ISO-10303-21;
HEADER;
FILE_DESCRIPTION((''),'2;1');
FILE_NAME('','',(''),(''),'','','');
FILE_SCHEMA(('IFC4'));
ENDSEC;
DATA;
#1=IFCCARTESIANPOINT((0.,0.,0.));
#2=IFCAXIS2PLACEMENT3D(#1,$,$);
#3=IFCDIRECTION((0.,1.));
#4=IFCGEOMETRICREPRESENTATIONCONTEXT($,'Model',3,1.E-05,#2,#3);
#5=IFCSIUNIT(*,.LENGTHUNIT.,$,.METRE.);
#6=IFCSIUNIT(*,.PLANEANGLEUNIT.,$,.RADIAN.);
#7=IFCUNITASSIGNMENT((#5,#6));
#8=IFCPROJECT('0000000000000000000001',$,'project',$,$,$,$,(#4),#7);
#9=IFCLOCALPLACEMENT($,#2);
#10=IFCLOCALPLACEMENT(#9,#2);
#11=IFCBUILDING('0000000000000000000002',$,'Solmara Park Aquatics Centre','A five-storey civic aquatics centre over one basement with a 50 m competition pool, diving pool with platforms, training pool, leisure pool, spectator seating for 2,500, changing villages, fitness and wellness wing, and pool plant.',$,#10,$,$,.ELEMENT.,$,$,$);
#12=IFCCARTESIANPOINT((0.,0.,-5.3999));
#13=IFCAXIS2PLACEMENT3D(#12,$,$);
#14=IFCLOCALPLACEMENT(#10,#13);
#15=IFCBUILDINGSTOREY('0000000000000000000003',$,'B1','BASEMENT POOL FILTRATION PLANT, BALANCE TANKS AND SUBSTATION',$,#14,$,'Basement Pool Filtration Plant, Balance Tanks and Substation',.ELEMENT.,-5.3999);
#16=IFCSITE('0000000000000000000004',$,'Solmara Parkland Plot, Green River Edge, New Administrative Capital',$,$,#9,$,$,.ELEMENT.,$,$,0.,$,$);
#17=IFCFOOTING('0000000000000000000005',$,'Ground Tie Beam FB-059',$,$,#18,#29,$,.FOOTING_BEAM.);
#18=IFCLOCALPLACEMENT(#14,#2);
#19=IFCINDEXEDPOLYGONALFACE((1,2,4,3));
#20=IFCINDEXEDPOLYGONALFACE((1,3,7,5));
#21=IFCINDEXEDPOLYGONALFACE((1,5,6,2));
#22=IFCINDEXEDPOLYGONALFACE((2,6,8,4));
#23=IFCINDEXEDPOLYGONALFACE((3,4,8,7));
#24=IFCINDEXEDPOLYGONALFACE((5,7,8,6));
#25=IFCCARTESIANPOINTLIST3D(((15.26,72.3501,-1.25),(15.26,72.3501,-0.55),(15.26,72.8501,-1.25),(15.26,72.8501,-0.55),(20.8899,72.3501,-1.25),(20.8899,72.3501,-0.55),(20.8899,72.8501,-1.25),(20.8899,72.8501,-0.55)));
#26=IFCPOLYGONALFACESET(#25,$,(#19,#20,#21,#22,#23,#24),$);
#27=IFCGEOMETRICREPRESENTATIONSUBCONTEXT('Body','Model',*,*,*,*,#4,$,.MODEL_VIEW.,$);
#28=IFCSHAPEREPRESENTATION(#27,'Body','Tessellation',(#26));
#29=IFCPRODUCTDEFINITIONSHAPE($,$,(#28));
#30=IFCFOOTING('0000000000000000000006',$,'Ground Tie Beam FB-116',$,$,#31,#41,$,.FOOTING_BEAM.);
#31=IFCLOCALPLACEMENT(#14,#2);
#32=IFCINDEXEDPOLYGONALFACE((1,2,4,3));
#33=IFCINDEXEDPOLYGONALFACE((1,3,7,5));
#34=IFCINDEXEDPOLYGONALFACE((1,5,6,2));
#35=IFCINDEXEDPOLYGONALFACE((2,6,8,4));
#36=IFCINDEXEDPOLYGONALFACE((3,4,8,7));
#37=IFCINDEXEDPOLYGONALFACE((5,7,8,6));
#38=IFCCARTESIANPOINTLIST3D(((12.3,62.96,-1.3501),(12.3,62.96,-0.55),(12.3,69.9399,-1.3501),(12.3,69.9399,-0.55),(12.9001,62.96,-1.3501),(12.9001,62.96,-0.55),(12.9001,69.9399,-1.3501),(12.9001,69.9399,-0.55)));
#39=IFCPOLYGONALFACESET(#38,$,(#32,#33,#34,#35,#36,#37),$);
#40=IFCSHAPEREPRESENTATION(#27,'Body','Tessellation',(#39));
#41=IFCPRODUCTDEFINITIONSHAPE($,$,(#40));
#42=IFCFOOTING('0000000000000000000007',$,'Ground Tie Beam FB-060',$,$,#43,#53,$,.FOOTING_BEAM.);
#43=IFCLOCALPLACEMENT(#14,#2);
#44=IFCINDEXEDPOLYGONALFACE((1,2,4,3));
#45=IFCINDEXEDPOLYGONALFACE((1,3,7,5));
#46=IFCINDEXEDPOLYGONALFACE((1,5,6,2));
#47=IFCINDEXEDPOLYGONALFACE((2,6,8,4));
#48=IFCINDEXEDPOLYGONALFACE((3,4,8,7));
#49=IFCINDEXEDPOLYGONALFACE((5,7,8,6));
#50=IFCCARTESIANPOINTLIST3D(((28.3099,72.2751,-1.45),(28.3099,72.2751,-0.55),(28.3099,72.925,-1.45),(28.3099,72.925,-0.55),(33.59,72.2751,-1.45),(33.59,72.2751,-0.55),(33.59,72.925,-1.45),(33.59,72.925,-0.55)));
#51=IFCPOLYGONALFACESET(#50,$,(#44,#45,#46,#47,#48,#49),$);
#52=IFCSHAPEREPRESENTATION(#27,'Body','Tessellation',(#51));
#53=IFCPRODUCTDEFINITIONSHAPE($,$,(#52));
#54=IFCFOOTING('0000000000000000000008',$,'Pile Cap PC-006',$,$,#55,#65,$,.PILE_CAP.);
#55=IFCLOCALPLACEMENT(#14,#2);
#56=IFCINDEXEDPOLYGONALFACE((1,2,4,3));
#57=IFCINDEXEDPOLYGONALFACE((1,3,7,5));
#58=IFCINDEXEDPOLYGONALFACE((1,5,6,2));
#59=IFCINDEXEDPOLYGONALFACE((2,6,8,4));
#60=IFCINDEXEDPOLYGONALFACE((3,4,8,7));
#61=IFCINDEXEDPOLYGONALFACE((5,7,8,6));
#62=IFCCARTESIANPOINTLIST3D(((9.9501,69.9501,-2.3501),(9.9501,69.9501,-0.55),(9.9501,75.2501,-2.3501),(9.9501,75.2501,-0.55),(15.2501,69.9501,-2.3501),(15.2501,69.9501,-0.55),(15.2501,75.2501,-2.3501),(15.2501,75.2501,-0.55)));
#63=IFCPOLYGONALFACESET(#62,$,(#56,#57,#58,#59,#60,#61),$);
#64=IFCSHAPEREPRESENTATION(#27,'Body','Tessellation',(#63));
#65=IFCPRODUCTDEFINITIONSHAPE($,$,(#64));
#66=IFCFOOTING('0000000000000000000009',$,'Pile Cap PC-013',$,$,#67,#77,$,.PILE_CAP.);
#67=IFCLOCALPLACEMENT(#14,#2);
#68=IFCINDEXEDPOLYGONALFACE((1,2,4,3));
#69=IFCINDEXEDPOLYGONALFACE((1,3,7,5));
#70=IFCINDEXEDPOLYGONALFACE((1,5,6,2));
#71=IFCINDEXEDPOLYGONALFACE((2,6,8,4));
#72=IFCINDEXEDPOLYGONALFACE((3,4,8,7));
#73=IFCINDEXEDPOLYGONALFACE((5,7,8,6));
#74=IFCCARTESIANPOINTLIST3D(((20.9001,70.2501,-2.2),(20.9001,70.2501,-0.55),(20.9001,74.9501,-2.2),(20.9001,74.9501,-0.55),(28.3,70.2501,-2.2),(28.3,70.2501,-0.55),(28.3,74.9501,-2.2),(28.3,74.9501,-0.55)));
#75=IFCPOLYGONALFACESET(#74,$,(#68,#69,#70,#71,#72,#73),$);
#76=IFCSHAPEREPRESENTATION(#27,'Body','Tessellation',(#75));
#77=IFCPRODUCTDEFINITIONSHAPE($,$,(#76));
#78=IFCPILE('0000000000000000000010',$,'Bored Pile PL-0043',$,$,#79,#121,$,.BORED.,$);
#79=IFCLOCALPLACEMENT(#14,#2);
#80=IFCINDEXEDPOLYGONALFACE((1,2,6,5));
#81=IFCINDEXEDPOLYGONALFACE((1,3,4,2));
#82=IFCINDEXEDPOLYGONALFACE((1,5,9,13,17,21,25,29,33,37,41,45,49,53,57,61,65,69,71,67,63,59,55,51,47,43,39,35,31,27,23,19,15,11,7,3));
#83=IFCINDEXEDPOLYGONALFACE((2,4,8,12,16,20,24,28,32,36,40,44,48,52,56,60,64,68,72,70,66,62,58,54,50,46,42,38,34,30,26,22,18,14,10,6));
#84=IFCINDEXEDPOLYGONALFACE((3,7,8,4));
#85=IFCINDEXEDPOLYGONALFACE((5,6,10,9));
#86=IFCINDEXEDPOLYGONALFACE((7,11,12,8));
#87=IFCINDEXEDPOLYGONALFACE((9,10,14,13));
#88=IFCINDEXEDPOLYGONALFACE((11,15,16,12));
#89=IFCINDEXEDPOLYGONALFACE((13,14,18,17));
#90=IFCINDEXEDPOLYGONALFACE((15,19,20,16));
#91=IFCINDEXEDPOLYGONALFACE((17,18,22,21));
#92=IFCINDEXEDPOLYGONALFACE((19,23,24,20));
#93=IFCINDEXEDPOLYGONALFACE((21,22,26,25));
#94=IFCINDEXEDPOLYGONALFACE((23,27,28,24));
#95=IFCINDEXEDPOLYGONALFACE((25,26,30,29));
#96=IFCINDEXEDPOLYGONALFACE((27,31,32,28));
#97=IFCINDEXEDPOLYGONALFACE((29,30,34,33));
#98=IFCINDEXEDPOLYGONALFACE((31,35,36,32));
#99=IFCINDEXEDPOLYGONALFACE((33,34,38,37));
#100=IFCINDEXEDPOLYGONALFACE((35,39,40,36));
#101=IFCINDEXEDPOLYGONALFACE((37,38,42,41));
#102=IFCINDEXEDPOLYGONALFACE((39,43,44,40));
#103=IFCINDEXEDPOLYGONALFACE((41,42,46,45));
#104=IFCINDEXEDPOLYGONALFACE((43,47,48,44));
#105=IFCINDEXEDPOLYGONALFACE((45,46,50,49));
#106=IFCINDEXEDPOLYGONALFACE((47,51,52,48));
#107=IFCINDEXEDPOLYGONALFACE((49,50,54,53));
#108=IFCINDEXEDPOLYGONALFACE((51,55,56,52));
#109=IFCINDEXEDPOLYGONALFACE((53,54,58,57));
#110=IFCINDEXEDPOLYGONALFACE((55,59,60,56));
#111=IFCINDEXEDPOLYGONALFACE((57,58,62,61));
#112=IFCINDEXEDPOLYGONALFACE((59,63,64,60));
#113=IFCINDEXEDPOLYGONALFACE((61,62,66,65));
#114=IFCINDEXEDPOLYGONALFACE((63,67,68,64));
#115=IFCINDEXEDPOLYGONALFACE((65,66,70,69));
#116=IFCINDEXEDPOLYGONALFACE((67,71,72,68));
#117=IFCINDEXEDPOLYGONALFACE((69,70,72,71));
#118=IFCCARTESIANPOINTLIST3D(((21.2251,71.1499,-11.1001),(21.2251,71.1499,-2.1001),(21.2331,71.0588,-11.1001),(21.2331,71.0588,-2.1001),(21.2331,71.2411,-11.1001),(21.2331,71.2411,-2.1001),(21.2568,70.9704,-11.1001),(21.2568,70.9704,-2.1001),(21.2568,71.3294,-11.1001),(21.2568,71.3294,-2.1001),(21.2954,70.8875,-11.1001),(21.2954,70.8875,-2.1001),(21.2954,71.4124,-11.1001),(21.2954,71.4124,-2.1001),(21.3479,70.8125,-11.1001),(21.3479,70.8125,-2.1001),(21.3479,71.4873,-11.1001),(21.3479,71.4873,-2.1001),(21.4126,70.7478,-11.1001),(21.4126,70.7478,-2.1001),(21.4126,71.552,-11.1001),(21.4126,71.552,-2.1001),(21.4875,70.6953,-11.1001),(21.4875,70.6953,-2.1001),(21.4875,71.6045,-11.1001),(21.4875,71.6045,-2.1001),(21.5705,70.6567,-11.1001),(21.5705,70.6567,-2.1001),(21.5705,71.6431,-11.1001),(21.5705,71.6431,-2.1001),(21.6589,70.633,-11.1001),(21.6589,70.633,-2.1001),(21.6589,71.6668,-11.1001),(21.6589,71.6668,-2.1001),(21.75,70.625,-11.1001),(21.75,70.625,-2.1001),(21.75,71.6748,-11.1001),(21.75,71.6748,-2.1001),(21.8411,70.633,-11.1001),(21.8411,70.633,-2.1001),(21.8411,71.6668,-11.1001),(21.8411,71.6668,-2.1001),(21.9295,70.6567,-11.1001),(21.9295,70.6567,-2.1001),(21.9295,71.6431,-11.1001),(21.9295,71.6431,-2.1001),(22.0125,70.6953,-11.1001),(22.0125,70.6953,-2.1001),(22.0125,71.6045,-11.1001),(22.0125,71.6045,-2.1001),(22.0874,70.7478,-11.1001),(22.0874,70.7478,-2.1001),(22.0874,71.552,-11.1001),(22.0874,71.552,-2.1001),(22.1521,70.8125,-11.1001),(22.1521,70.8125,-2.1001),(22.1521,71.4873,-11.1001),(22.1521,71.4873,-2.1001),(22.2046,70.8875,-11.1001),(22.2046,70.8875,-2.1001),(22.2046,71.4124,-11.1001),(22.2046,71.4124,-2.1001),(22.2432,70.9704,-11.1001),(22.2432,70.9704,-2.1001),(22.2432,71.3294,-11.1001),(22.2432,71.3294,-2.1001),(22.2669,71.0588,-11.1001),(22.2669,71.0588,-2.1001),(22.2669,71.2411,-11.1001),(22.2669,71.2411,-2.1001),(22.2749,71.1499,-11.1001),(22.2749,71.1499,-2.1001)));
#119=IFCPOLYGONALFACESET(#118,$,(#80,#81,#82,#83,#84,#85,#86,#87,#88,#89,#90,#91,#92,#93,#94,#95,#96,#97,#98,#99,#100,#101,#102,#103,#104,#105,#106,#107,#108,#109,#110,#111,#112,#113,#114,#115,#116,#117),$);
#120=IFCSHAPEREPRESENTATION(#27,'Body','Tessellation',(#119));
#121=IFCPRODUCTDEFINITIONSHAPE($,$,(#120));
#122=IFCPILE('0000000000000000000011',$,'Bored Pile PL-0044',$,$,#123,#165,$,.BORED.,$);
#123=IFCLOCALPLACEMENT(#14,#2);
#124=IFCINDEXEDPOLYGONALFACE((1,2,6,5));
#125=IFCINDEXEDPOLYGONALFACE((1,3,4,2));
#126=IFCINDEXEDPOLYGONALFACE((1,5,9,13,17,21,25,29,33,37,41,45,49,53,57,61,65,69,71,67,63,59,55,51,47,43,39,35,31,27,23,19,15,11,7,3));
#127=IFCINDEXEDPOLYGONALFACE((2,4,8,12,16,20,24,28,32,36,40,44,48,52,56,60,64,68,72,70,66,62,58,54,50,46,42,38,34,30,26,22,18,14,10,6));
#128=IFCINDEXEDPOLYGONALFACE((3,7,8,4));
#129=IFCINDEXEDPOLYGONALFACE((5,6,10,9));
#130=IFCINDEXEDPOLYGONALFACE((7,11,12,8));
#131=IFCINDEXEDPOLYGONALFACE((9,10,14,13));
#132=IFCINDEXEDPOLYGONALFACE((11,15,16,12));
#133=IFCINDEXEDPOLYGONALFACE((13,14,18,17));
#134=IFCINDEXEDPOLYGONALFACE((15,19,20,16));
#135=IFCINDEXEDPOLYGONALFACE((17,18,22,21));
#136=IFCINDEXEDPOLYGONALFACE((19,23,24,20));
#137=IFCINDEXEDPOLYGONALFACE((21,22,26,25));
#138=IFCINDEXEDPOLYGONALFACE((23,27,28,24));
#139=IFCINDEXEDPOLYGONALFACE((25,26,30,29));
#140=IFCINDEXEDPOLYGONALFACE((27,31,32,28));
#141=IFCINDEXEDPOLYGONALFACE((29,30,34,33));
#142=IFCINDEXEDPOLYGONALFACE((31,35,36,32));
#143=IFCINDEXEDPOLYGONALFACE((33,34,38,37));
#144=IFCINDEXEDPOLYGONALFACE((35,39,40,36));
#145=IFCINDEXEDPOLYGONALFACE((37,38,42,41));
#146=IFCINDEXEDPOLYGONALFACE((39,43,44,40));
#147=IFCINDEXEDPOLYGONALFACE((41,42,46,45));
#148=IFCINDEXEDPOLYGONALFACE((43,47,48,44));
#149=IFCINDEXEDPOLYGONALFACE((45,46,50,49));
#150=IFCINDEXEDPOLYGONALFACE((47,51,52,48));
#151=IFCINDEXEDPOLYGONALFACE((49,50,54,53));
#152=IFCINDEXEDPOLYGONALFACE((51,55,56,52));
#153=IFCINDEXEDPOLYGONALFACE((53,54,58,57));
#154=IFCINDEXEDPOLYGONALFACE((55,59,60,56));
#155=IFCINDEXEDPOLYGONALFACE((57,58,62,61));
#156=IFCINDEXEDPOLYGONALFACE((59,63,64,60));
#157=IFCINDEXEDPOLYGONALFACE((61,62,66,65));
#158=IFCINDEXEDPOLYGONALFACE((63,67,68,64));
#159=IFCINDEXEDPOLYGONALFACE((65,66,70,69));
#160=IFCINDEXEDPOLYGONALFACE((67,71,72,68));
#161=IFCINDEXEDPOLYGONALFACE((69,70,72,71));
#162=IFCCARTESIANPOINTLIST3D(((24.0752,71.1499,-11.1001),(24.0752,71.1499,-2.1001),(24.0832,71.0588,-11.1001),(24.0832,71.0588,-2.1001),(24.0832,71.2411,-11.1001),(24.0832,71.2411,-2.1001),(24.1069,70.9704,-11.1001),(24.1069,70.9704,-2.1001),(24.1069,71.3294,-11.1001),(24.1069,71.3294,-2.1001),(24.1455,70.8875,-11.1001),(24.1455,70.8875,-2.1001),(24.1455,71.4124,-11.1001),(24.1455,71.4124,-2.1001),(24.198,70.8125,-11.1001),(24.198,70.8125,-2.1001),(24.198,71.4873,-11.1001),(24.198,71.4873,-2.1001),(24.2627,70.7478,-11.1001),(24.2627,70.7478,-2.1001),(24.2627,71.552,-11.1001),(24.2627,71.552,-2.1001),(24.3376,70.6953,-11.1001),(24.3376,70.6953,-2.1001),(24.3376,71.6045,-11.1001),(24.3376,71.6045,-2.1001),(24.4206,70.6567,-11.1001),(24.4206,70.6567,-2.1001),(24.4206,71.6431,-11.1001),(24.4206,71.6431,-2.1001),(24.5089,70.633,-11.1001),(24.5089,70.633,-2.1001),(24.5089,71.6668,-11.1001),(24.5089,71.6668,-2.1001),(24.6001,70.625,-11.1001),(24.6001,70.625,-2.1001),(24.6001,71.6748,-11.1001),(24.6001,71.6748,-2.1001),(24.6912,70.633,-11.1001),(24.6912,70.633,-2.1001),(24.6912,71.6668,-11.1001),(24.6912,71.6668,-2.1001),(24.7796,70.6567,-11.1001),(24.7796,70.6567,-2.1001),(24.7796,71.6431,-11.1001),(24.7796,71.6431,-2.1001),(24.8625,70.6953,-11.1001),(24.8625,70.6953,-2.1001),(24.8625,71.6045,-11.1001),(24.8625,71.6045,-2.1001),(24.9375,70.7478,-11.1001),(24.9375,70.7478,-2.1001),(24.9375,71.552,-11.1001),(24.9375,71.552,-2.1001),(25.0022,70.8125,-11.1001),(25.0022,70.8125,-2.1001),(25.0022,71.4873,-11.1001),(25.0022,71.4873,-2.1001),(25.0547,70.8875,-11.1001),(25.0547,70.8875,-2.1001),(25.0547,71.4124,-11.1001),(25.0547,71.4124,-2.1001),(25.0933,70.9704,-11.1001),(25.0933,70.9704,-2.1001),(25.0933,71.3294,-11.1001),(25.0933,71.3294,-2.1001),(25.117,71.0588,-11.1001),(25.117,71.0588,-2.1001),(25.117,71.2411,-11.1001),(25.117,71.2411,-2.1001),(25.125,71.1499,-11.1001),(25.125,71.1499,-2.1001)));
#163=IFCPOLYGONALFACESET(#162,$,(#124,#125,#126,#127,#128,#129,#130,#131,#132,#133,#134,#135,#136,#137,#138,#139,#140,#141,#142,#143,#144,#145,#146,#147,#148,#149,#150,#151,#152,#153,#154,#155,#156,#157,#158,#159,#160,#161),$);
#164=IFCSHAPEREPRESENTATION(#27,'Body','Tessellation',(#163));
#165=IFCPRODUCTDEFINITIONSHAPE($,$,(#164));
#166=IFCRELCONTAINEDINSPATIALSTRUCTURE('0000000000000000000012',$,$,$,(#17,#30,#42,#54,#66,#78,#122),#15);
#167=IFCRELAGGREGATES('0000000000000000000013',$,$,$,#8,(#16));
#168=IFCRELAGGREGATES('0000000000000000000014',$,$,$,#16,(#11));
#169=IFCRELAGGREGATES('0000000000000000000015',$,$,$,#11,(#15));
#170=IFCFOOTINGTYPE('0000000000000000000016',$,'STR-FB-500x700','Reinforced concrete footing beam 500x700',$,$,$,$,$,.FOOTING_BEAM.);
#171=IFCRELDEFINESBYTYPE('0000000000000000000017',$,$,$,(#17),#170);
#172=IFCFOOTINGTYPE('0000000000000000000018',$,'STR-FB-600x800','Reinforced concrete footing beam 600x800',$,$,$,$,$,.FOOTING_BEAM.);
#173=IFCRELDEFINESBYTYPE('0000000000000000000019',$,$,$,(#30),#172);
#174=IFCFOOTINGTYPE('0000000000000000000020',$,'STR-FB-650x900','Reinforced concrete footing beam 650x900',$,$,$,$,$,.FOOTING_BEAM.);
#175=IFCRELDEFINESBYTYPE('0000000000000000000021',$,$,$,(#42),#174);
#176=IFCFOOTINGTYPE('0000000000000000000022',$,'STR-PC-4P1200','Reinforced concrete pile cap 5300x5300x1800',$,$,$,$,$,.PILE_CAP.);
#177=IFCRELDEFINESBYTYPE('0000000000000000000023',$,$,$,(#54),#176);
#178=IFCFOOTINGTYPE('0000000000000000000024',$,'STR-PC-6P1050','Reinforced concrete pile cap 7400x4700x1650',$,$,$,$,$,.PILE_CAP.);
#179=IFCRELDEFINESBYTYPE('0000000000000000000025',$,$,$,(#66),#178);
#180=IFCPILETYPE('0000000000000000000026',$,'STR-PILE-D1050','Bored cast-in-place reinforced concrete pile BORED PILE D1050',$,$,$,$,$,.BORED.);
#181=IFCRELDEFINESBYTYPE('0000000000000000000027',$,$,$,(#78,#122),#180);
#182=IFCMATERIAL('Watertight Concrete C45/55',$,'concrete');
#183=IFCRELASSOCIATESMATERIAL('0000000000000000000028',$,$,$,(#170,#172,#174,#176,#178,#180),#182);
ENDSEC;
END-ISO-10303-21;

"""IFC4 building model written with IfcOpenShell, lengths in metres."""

from ifc_helpers import new_model, si_unit, direction, frame, origin, origin_2d, place, context, subcontext, project, spatial, rectangle, circle, extrude, material, material_profile, profile_set, type_object, element, save


model = new_model("IFC4")

# Units and contexts
model_context = context("Model", 3, precision=1e-05, world=origin(), true_north=direction((0.0, 1.0)))
body_context = subcontext(model_context, "Body", "Model", "MODEL_VIEW")
ifc_project = project(units=[si_unit("LENGTHUNIT", "METRE"), si_unit("PLANEANGLEUNIT", "RADIAN")], contexts=[model_context])

# Site, building, storey
site_placement = place(None, origin())
site = spatial("IfcSite", under=ifc_project, at=site_placement, Name="Solmara Parkland Plot, Green River Edge, New Administrative Capital", CompositionType="ELEMENT", RefElevation=0.0)
building_placement = place(site_placement, origin())
building = spatial("IfcBuilding", under=site, at=building_placement, Name="Solmara Park Aquatics Centre", Description="A five-storey civic aquatics centre over one basement with a 50 m competition pool, diving pool with platforms, training pool, leisure pool, spectator seating for 2,500, changing villages, fitness and wellness wing, and pool plant.", CompositionType="ELEMENT")
storey_placement = place(building_placement, frame((0.0, 0.0, -5.3999)))
storey = spatial("IfcBuildingStorey", under=building, at=storey_placement, Name="B1", Description="BASEMENT POOL FILTRATION PLANT, BALANCE TANKS AND SUBSTATION", LongName="Basement Pool Filtration Plant, Balance Tanks and Substation", CompositionType="ELEMENT", Elevation=-5.3999)

# Footings
ifc_material_1 = material(Name="Watertight Concrete C45/55", Category="concrete")
footing_type_1 = type_object("IfcFootingType", Name="STR-FB-500x700", Description="Reinforced concrete footing beam 500x700", PredefinedType="FOOTING_BEAM", material=ifc_material_1)
footing_1_placement = place(storey_placement, frame((18.075, 72.6001, -1.25), z_axis=(0.0, 0.0, 1.0), x_axis=(1.0, 0.0, 0.0)))
element("IfcFooting", 1, at=footing_1_placement, inside=storey, type_object=footing_type_1, Name="Ground Tie Beam FB-059", PredefinedType="FOOTING_BEAM", context=body_context, shape_type="SweptSolid", body=[
    extrude(rectangle(XDim=5.6299, YDim=0.5, at=origin_2d()), origin(), (0.0, 0.0, 1.0), 0.7),
])
footing_type_2 = type_object("IfcFootingType", Name="STR-FB-600x800", Description="Reinforced concrete footing beam 600x800", PredefinedType="FOOTING_BEAM", material=ifc_material_1)
footing_2_placement = place(storey_placement, frame((12.6001, 66.45, -1.3501), z_axis=(0.0, 0.0, 1.0), x_axis=(1.0, 0.0, 0.0)))
element("IfcFooting", 2, at=footing_2_placement, inside=storey, type_object=footing_type_2, Name="Ground Tie Beam FB-116", PredefinedType="FOOTING_BEAM", context=body_context, shape_type="SweptSolid", body=[
    extrude(rectangle(XDim=0.6001, YDim=6.98, at=origin_2d()), origin(), (0.0, 0.0, 1.0), 0.8),
])
footing_type_3 = type_object("IfcFootingType", Name="STR-FB-650x900", Description="Reinforced concrete footing beam 650x900", PredefinedType="FOOTING_BEAM", material=ifc_material_1)
footing_3_placement = place(storey_placement, frame((30.95, 72.6001, -1.45), z_axis=(0.0, 0.0, 1.0), x_axis=(1.0, 0.0, 0.0)))
element("IfcFooting", 3, at=footing_3_placement, inside=storey, type_object=footing_type_3, Name="Ground Tie Beam FB-060", PredefinedType="FOOTING_BEAM", context=body_context, shape_type="SweptSolid", body=[
    extrude(rectangle(XDim=5.28, YDim=0.6499, at=origin_2d()), origin(), (0.0, 0.0, 1.0), 0.8999),
])
footing_type_4 = type_object("IfcFootingType", Name="STR-PC-4P1200", Description="Reinforced concrete pile cap 5300x5300x1800", PredefinedType="PILE_CAP", material=ifc_material_1)
footing_4_placement = place(storey_placement, frame((12.6001, 72.6001, -2.3501), z_axis=(0.0, 0.0, 1.0), x_axis=(1.0, 0.0, 0.0)))
element("IfcFooting", 4, at=footing_4_placement, inside=storey, type_object=footing_type_4, Name="Pile Cap PC-006", PredefinedType="PILE_CAP", context=body_context, shape_type="SweptSolid", body=[
    extrude(rectangle(XDim=5.3, YDim=5.3, at=origin_2d()), origin(), (0.0, 0.0, 1.0), 1.8),
])
footing_type_5 = type_object("IfcFootingType", Name="STR-PC-6P1050", Description="Reinforced concrete pile cap 7400x4700x1650", PredefinedType="PILE_CAP", material=ifc_material_1)
footing_5_placement = place(storey_placement, frame((24.6001, 72.6001, -2.2), z_axis=(0.0, 0.0, 1.0), x_axis=(1.0, 0.0, 0.0)))
element("IfcFooting", 5, at=footing_5_placement, inside=storey, type_object=footing_type_5, Name="Pile Cap PC-013", PredefinedType="PILE_CAP", context=body_context, shape_type="SweptSolid", body=[
    extrude(rectangle(XDim=7.3999, YDim=4.7, at=origin_2d()), origin(), (0.0, 0.0, 1.0), 1.6499),
])

# Piles
ifc_material_profile_1 = material_profile(ifc_material_1, circle(Radius=0.5249, at=origin_2d()), Name="BORED PILE D1050")
ifc_profile_set_1 = profile_set([ifc_material_profile_1], Name="Watertight Concrete C45/55")
pile_type_1 = type_object("IfcPileType", Name="STR-PILE-D1050", Description="Bored cast-in-place reinforced concrete pile BORED PILE D1050", PredefinedType="BORED", material=ifc_profile_set_1)
for number, where, z_axis, x_axis, name in (
    (6, (21.75, 71.1499, -2.1001), (0.0, 0.0, -1.0), (1.0, 0.0, 0.0), "Bored Pile PL-0043"),
    (7, (24.6001, 71.1499, -2.1001), (0.0, 0.0, -1.0), (1.0, 0.0, 0.0), "Bored Pile PL-0044"),
):
    element("IfcPile", number, at=place(storey_placement, frame(where, z_axis=z_axis, x_axis=x_axis)), inside=storey, type_object=pile_type_1, Name=name, PredefinedType="BORED", context=body_context, shape_type="SweptSolid", body=[
        extrude(circle(Radius=0.5249, at=origin_2d()), origin(), (0.0, 0.0, 1.0), 9.0),
    ])

save(model, "model.ifc")
